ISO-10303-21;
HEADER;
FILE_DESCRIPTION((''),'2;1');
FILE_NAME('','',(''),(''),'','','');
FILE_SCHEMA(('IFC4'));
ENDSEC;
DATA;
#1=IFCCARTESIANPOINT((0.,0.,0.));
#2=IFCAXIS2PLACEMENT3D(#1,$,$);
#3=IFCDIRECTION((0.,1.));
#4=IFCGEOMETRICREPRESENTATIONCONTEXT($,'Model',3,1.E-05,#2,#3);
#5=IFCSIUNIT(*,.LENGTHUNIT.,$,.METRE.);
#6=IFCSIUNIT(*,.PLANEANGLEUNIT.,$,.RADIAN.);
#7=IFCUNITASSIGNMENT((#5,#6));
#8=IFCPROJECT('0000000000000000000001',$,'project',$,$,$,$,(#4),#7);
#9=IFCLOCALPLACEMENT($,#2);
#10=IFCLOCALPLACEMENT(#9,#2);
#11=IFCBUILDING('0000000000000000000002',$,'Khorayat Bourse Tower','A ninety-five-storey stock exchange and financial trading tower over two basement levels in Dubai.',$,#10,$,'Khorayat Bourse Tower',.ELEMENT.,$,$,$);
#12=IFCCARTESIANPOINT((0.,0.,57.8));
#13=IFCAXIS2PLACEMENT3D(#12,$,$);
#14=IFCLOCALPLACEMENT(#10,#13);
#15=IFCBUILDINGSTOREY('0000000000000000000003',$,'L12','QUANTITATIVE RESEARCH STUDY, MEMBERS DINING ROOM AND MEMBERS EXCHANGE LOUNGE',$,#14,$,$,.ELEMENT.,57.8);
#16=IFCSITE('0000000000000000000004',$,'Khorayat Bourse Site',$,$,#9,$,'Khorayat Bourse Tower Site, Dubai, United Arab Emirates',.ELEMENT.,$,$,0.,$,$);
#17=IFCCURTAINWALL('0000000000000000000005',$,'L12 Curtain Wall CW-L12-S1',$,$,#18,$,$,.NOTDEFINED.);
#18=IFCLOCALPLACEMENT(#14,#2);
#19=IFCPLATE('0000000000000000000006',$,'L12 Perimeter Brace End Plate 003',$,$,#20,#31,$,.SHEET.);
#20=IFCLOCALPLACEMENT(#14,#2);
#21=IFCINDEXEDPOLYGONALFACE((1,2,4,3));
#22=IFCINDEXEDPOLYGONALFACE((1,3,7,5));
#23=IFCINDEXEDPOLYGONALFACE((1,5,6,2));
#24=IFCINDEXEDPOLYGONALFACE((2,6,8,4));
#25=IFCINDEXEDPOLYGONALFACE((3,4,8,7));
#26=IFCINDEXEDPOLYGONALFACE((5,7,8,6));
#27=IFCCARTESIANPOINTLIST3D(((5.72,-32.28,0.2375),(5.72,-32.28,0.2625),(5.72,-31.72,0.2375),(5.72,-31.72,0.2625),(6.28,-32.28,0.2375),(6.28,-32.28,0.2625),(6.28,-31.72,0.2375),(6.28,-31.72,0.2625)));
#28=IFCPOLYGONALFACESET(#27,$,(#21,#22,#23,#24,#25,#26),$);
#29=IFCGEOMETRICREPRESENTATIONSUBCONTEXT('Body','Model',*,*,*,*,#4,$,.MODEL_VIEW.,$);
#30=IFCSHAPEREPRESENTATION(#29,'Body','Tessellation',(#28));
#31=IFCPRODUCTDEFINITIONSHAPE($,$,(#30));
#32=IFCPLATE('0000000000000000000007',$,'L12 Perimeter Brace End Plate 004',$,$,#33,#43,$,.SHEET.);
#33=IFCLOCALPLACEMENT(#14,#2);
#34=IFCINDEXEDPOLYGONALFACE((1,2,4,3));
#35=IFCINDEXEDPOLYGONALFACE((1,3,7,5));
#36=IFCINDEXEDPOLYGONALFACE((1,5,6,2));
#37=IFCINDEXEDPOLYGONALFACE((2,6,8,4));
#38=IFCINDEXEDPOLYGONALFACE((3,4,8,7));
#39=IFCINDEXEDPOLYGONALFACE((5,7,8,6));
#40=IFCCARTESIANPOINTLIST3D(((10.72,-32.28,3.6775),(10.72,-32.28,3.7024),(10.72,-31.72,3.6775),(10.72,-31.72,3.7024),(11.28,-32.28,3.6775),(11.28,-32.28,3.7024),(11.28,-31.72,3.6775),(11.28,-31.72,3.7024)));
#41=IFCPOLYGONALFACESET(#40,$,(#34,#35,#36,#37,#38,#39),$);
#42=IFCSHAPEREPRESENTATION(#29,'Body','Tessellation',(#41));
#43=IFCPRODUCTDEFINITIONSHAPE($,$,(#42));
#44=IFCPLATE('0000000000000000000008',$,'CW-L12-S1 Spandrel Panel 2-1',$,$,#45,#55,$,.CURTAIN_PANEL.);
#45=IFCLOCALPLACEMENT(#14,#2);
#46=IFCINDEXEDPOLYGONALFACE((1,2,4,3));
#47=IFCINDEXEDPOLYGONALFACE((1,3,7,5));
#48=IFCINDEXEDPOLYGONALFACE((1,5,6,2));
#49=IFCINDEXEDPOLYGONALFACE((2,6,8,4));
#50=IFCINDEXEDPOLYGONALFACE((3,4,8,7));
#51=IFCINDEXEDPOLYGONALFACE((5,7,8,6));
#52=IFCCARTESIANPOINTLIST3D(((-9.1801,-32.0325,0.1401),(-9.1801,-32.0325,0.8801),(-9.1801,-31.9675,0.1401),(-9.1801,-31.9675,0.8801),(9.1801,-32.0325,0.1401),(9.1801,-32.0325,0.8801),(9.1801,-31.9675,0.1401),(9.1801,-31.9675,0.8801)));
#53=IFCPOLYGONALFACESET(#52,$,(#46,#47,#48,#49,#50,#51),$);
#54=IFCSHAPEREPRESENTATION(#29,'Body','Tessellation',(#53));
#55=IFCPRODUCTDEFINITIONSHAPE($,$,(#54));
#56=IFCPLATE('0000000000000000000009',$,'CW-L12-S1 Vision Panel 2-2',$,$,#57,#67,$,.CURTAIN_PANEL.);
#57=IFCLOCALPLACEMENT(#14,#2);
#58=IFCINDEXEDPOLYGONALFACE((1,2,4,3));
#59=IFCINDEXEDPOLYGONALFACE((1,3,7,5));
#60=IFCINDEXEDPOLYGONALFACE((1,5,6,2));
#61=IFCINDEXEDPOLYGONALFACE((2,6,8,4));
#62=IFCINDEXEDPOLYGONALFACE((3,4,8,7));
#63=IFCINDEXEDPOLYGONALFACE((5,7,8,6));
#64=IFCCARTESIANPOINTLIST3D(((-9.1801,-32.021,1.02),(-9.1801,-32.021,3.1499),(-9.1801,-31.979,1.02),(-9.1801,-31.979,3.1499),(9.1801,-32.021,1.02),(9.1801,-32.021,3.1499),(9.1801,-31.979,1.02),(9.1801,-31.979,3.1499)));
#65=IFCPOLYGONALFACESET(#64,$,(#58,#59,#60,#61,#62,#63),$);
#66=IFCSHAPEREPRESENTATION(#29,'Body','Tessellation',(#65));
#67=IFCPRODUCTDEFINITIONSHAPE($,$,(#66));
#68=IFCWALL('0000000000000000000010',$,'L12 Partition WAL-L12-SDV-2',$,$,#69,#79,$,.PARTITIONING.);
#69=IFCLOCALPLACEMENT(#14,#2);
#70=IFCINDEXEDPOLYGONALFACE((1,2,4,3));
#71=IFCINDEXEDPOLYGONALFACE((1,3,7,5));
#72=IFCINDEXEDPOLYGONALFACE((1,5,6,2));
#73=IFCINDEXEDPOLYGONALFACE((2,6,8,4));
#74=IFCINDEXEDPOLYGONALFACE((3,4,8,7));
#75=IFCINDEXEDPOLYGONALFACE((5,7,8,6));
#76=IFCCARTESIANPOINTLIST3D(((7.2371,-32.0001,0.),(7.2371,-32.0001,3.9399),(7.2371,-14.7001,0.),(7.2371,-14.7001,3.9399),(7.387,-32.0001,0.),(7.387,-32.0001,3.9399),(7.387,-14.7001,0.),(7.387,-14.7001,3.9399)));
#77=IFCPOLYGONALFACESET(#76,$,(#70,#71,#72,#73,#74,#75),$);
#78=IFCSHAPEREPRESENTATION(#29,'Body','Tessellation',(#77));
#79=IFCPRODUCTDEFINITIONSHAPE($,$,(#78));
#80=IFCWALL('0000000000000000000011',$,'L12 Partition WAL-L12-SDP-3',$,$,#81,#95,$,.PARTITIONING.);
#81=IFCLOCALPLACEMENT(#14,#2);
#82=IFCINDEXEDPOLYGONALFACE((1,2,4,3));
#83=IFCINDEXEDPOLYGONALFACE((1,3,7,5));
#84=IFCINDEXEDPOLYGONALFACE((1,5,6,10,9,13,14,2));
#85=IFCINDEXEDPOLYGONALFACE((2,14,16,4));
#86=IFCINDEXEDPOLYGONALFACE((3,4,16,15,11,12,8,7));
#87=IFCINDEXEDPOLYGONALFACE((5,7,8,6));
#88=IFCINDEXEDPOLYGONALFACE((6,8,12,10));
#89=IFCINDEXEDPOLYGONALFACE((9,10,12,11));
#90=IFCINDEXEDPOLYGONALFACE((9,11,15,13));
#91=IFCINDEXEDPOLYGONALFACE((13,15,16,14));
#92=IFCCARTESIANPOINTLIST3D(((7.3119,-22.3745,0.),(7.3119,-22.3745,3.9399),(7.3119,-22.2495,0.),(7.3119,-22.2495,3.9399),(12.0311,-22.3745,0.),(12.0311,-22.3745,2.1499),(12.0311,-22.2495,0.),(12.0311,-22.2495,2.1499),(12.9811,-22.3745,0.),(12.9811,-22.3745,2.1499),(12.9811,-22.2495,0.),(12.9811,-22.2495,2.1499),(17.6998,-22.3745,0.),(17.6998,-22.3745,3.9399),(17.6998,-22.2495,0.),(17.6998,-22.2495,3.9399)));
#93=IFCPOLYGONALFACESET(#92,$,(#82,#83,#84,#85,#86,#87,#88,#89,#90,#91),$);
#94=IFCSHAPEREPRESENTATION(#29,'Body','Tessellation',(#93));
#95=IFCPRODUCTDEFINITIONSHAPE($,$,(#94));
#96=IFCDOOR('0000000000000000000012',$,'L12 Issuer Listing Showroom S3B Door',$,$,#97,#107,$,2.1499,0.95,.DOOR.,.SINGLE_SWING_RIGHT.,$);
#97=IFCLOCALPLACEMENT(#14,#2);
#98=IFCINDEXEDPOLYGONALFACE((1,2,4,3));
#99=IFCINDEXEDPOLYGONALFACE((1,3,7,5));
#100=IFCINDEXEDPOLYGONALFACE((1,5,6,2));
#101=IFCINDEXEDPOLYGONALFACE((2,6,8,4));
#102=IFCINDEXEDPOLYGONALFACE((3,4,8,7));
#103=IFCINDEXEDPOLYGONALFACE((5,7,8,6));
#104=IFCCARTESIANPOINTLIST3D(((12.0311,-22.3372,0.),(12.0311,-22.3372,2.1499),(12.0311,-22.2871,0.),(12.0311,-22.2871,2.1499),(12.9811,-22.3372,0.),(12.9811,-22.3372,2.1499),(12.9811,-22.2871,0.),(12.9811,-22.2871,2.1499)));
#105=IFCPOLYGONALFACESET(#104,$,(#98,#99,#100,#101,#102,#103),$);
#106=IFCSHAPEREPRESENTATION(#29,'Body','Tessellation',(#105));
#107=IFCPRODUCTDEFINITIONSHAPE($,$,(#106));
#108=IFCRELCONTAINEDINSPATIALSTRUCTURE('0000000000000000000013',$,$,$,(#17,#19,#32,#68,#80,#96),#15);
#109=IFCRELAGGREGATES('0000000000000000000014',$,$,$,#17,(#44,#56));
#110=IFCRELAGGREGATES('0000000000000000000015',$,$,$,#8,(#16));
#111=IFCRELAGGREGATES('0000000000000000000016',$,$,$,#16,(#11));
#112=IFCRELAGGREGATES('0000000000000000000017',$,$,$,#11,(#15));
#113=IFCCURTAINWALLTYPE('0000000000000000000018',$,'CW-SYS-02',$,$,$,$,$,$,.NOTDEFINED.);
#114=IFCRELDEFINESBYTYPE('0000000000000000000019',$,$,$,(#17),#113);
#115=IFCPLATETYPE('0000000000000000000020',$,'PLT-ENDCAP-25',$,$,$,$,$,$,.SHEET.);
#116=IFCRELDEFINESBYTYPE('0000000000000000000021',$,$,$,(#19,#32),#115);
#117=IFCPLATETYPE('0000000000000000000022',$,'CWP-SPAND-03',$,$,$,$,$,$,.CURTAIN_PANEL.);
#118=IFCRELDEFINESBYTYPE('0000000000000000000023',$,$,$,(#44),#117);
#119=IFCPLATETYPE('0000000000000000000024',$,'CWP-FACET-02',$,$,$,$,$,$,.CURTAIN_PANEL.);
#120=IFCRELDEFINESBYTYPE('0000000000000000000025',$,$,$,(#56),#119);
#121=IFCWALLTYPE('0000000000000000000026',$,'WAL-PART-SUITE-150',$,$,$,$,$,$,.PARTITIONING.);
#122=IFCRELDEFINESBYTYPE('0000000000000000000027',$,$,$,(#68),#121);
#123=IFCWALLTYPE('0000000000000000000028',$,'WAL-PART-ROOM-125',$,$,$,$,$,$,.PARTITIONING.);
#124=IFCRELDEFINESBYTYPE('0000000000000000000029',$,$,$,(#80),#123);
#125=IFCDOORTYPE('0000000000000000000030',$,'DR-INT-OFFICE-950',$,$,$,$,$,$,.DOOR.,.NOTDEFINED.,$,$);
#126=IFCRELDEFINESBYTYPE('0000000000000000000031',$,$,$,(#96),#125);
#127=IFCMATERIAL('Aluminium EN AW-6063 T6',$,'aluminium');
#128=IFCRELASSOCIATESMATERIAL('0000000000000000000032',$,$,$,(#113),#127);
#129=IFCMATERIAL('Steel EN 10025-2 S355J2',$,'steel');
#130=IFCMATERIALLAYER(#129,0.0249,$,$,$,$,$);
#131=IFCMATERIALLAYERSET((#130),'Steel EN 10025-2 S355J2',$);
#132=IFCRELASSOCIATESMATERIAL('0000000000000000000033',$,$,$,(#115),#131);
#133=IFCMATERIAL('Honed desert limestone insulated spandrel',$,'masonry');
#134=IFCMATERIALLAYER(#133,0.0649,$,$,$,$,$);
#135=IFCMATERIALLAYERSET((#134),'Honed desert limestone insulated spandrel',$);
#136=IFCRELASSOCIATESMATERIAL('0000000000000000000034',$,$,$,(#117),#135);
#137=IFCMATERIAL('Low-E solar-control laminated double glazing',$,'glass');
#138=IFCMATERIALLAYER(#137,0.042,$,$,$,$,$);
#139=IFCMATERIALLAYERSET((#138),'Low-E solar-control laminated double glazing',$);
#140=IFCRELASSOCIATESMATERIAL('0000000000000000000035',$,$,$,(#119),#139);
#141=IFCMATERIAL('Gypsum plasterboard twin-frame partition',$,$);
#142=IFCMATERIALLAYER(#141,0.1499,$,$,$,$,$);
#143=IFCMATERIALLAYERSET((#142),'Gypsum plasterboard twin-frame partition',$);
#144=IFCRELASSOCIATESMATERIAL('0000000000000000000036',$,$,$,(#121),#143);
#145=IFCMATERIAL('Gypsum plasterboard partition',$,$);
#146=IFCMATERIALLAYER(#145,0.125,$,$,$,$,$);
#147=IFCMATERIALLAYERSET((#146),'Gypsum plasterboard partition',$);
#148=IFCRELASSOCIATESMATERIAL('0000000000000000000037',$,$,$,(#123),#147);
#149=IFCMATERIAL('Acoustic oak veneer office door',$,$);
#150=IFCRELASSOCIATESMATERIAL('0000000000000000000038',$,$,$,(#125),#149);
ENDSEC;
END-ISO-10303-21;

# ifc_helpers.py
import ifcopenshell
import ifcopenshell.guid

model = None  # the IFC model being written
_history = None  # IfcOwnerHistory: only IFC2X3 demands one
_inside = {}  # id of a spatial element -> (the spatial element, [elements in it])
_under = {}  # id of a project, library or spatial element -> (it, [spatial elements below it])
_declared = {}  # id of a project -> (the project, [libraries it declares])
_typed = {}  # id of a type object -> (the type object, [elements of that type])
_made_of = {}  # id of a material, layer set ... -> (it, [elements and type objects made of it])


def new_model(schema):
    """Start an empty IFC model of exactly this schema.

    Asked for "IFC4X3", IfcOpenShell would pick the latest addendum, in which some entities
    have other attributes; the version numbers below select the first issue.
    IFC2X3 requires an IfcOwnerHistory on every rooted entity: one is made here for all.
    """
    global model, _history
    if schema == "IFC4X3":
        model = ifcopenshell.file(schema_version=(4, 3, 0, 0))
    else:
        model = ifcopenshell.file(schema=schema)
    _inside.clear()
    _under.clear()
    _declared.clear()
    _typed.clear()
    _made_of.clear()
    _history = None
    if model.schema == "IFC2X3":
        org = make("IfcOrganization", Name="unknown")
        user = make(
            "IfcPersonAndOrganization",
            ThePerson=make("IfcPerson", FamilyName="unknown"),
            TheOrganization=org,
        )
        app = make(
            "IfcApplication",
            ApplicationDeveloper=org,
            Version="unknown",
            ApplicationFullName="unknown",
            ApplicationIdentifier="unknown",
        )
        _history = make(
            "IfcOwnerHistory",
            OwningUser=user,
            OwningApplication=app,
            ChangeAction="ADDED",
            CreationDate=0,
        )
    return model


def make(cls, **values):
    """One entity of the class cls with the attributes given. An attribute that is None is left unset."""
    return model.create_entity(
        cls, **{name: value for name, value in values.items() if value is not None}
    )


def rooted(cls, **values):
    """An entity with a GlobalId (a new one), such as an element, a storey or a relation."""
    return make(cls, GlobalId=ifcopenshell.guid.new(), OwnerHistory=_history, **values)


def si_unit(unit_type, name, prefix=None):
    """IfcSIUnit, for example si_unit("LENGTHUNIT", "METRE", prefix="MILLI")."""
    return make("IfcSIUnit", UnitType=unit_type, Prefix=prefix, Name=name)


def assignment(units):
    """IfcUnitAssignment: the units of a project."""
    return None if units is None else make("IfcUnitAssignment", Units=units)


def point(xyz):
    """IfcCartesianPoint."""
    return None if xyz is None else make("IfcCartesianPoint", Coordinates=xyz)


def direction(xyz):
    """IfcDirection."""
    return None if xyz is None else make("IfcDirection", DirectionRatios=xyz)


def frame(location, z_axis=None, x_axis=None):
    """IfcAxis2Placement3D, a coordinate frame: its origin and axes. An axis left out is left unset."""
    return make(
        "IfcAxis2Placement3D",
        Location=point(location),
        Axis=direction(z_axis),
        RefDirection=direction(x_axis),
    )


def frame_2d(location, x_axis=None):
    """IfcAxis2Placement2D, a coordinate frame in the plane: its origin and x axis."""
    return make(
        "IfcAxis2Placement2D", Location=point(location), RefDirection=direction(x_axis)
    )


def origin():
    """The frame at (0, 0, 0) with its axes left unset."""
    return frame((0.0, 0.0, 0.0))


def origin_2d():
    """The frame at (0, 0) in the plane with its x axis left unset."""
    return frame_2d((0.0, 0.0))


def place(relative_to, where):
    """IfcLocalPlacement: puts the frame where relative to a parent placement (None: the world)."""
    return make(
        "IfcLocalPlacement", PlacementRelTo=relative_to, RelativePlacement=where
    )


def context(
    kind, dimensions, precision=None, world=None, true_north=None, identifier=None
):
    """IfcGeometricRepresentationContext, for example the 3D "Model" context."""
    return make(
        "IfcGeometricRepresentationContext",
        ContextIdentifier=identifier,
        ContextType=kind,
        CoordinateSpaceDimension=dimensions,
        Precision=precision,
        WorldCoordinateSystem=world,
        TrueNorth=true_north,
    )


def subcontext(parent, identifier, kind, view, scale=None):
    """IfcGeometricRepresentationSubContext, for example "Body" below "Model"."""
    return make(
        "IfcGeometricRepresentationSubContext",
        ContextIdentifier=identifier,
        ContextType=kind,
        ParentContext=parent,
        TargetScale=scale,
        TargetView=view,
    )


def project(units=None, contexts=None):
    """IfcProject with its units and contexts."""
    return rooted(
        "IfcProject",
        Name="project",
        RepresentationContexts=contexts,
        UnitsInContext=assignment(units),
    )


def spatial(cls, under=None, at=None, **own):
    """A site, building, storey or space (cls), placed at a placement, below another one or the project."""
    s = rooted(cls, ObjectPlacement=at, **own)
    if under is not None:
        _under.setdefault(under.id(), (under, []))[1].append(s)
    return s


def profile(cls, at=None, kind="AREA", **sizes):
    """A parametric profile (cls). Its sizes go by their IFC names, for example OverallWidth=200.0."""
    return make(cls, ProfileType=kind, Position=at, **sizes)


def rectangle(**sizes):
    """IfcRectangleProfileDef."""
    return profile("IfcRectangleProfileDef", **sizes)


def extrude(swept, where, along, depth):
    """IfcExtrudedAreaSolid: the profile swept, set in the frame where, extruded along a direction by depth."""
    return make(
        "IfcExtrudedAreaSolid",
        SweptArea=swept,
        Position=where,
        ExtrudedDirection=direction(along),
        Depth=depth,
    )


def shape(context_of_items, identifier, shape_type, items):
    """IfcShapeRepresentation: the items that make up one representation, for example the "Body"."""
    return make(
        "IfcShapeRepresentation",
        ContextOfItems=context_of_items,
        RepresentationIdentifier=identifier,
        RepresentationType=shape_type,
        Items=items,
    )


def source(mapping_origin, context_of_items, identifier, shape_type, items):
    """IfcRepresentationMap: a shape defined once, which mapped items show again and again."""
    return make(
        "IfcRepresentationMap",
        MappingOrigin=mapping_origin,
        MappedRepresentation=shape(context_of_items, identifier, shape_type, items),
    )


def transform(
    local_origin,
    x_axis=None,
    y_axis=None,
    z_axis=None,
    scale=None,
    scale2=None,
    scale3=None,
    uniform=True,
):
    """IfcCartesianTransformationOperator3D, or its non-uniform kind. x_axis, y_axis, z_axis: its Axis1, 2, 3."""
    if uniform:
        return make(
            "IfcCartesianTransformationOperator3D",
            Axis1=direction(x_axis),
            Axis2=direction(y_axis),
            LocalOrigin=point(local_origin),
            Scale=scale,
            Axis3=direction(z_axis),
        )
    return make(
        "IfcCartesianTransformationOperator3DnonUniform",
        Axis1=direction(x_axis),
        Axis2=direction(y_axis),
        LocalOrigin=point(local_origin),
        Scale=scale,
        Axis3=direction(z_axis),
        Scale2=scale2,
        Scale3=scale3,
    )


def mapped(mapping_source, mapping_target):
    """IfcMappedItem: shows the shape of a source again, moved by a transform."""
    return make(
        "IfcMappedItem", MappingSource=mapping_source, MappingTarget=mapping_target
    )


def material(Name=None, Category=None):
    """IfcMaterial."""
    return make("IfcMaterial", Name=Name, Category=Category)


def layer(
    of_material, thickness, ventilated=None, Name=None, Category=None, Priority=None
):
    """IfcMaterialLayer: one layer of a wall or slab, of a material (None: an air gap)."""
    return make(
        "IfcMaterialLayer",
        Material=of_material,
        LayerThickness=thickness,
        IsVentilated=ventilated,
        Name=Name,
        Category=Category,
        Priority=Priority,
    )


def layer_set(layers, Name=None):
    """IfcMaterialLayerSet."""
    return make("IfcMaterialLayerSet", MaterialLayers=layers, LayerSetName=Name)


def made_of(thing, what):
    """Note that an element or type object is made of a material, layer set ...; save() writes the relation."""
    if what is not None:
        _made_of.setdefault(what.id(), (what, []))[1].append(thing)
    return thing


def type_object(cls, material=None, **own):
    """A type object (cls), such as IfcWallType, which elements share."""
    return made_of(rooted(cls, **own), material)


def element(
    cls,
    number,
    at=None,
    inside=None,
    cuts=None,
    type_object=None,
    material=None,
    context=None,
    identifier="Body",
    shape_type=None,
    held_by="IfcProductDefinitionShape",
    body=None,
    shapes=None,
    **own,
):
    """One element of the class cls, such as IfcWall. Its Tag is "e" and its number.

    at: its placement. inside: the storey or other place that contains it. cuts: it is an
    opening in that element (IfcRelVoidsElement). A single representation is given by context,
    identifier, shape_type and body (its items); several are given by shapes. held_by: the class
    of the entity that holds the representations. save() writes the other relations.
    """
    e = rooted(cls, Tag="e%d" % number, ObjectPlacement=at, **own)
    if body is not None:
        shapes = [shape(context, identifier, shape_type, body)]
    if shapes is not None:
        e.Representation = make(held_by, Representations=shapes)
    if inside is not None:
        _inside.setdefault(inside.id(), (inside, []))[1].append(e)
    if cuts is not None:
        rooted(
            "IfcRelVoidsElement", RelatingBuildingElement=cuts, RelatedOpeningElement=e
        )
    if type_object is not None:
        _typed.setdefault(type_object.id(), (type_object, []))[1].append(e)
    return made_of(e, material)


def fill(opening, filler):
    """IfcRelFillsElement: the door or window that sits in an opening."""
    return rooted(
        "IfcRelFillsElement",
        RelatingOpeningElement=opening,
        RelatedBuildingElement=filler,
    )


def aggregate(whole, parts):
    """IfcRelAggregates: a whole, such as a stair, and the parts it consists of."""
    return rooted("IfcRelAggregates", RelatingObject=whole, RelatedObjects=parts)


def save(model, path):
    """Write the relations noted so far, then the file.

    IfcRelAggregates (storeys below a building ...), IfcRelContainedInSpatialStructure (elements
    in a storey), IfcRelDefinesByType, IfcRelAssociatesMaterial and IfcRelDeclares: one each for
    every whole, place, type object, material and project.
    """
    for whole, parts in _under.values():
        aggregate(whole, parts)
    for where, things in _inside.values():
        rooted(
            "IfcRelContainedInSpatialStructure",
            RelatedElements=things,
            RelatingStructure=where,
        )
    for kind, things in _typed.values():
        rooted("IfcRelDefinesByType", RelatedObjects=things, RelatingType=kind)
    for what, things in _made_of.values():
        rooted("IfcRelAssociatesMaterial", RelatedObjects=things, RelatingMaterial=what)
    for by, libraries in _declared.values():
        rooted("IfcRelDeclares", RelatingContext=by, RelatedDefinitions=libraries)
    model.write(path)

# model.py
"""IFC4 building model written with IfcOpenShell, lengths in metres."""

from ifc_helpers import new_model, si_unit, direction, frame, frame_2d, origin, origin_2d, place, context, subcontext, project, spatial, rectangle, extrude, source, transform, mapped, material, layer, layer_set, type_object, element, fill, aggregate, save


model = new_model("IFC4")

# Units and contexts
model_context = context("Model", 3, precision=1e-05, world=origin(), true_north=direction((0.0, 1.0)))
body_context = subcontext(model_context, "Body", "Model", "MODEL_VIEW")
ifc_project = project(units=[si_unit("LENGTHUNIT", "METRE"), si_unit("PLANEANGLEUNIT", "RADIAN")], contexts=[model_context])

# Site, building, storey
site_placement = place(None, origin())
site = spatial("IfcSite", under=ifc_project, at=site_placement, Name="Khorayat Bourse Site", LongName="Khorayat Bourse Tower Site, Dubai, United Arab Emirates", CompositionType="ELEMENT", RefElevation=0.0)
building_placement = place(site_placement, origin())
building = spatial("IfcBuilding", under=site, at=building_placement, Name="Khorayat Bourse Tower", Description="A ninety-five-storey stock exchange and financial trading tower over two basement levels in Dubai.", LongName="Khorayat Bourse Tower", CompositionType="ELEMENT")
storey_placement = place(building_placement, frame((0.0, 0.0, 57.8)))
storey = spatial("IfcBuildingStorey", under=building, at=storey_placement, Name="L12", Description="QUANTITATIVE RESEARCH STUDY, MEMBERS DINING ROOM AND MEMBERS EXCHANGE LOUNGE", CompositionType="ELEMENT", Elevation=57.8)

# Curtain wall
ifc_material_1 = material(Name="Aluminium EN AW-6063 T6", Category="aluminium")
curtain_wall_type = type_object("IfcCurtainWallType", Name="CW-SYS-02", PredefinedType="NOTDEFINED", material=ifc_material_1)
curtain_wall_placement = place(storey_placement, origin())
curtain_wall = element("IfcCurtainWall", 1, at=curtain_wall_placement, inside=storey, type_object=curtain_wall_type, Name="L12 Curtain Wall CW-L12-S1", PredefinedType="NOTDEFINED")

# Plates
ifc_material_2 = material(Name="Steel EN 10025-2 S355J2", Category="steel")
ifc_layer_1 = layer(ifc_material_2, 0.0249)
ifc_layer_set_1 = layer_set([ifc_layer_1], Name="Steel EN 10025-2 S355J2")
plate_type_1 = type_object("IfcPlateType", Name="PLT-ENDCAP-25", PredefinedType="SHEET", material=ifc_layer_set_1)
shared_shape_1 = source(origin(), body_context, "Body", "SweptSolid", [
    extrude(rectangle(XDim=0.5601, YDim=0.5601, at=origin_2d()), origin(), (0.0, 0.0, 1.0), 0.0249),
])
for number, where, z_axis, x_axis, name in (
    (2, (6.0, -32.0, 0.2375), (0.0, 0.0, 1.0), (1.0, 0.0, 0.0), "L12 Perimeter Brace End Plate 003"),
    (3, (11.0, -32.0, 3.6775), (0.0, 0.0, 1.0), (1.0, 0.0, 0.0), "L12 Perimeter Brace End Plate 004"),
):
    element("IfcPlate", number, at=place(storey_placement, frame(where, z_axis=z_axis, x_axis=x_axis)), inside=storey, type_object=plate_type_1, Name=name, PredefinedType="SHEET", context=body_context, shape_type="MappedRepresentation", body=[
        mapped(shared_shape_1, transform((0.0, 0.0, 0.0), scale=1.0)),
    ])

# Plates
ifc_material_3 = material(Name="Honed desert limestone insulated spandrel", Category="masonry")
ifc_layer_2 = layer(ifc_material_3, 0.0649)
ifc_layer_set_2 = layer_set([ifc_layer_2], Name="Honed desert limestone insulated spandrel")
plate_type_2 = type_object("IfcPlateType", Name="CWP-SPAND-03", PredefinedType="CURTAIN_PANEL", material=ifc_layer_set_2)
shared_shape_2 = source(origin(), body_context, "Body", "SweptSolid", [
    extrude(rectangle(XDim=18.3601, YDim=0.0649, at=origin_2d()), origin(), (0.0, 0.0, 1.0), 0.74),
])
plate_1_placement = place(storey_placement, frame((0.0, -32.0, 0.1401), z_axis=(0.0, 0.0, 1.0), x_axis=(1.0, 0.0, 0.0)))
plate_1 = element("IfcPlate", 4, at=plate_1_placement, type_object=plate_type_2, Name="CW-L12-S1 Spandrel Panel 2-1", PredefinedType="CURTAIN_PANEL", context=body_context, shape_type="MappedRepresentation", body=[
    mapped(shared_shape_2, transform((0.0, 0.0, 0.0), scale=1.0)),
])
ifc_material_4 = material(Name="Low-E solar-control laminated double glazing", Category="glass")
ifc_layer_3 = layer(ifc_material_4, 0.042)
ifc_layer_set_3 = layer_set([ifc_layer_3], Name="Low-E solar-control laminated double glazing")
plate_type_3 = type_object("IfcPlateType", Name="CWP-FACET-02", PredefinedType="CURTAIN_PANEL", material=ifc_layer_set_3)
shared_shape_3 = source(origin(), body_context, "Body", "SweptSolid", [
    extrude(rectangle(XDim=18.3601, YDim=0.042, at=origin_2d()), origin(), (0.0, 0.0, 1.0), 2.1299),
])
plate_2_placement = place(storey_placement, frame((0.0, -32.0, 1.02), z_axis=(0.0, 0.0, 1.0), x_axis=(1.0, 0.0, 0.0)))
plate_2 = element("IfcPlate", 5, at=plate_2_placement, type_object=plate_type_3, Name="CW-L12-S1 Vision Panel 2-2", PredefinedType="CURTAIN_PANEL", context=body_context, shape_type="MappedRepresentation", body=[
    mapped(shared_shape_3, transform((0.0, 0.0, 0.0), scale=1.0)),
])
aggregate(curtain_wall, [plate_1, plate_2])

# Wall
ifc_material_5 = material(Name="Gypsum plasterboard twin-frame partition")
ifc_layer_4 = layer(ifc_material_5, 0.1499)
ifc_layer_set_4 = layer_set([ifc_layer_4], Name="Gypsum plasterboard twin-frame partition")
wall_type_1 = type_object("IfcWallType", Name="WAL-PART-SUITE-150", PredefinedType="PARTITIONING", material=ifc_layer_set_4)
shared_shape_4 = source(origin(), body_context, "Body", "SweptSolid", [
    extrude(rectangle(XDim=17.3, YDim=0.1499, at=frame_2d((8.6499, 0.0))), origin(), (0.0, 0.0, 1.0), 3.9399),
])
wall_1_placement = place(storey_placement, frame((7.312, -32.0, 0.0), z_axis=(0.0, 0.0, 1.0), x_axis=(0.0, 1.0, 0.0)))
element("IfcWall", 6, at=wall_1_placement, inside=storey, type_object=wall_type_1, Name="L12 Partition WAL-L12-SDV-2", PredefinedType="PARTITIONING", context=body_context, shape_type="MappedRepresentation", body=[
    mapped(shared_shape_4, transform((0.0, 0.0, 0.0), scale=1.0)),
])

# Wall, opening, door
ifc_material_6 = material(Name="Gypsum plasterboard partition")
ifc_layer_5 = layer(ifc_material_6, 0.125)
ifc_layer_set_5 = layer_set([ifc_layer_5], Name="Gypsum plasterboard partition")
wall_type_2 = type_object("IfcWallType", Name="WAL-PART-ROOM-125", PredefinedType="PARTITIONING", material=ifc_layer_set_5)
shared_shape_5 = source(origin(), body_context, "Body", "SweptSolid", [
    extrude(rectangle(XDim=10.3879, YDim=0.125, at=frame_2d((5.1938, 0.0))), origin(), (0.0, 0.0, 1.0), 3.9399),
])
wall_2_placement = place(storey_placement, frame((7.312, -22.312, 0.0), z_axis=(0.0, 0.0, 1.0), x_axis=(1.0, 0.0, 0.0)))
wall_2 = element("IfcWall", 7, at=wall_2_placement, inside=storey, type_object=wall_type_2, Name="L12 Partition WAL-L12-SDP-3", PredefinedType="PARTITIONING", context=body_context, shape_type="MappedRepresentation", body=[
    mapped(shared_shape_5, transform((0.0, 0.0, 0.0), scale=1.0)),
])
shared_shape_6 = source(origin(), body_context, "Body", "SweptSolid", [
    extrude(rectangle(XDim=0.95, YDim=2.1499, at=frame_2d((0.4751, 1.075))), frame((0.0, 0.0725, 0.0), z_axis=(0.0, -1.0, 0.0), x_axis=(1.0, 0.0, 0.0)), (0.0, 0.0, 1.0), 0.145),
])
opening_placement = place(wall_2_placement, frame((4.719, 0.0, 0.0)))
opening = element("IfcOpeningElement", 8, at=opening_placement, cuts=wall_2, PredefinedType="OPENING", context=body_context, shape_type="MappedRepresentation", body=[
    mapped(shared_shape_6, transform((0.0, 0.0, 0.0), scale=1.0)),
])
ifc_material_7 = material(Name="Acoustic oak veneer office door")
door_type = type_object("IfcDoorType", Name="DR-INT-OFFICE-950", OperationType="NOTDEFINED", PredefinedType="DOOR", material=ifc_material_7)
shared_shape_7 = source(origin(), body_context, "Body", "SweptSolid", [
    extrude(rectangle(XDim=0.95, YDim=2.1499, at=frame_2d((0.4751, 1.075))), frame((0.0, 0.0249, 0.0), z_axis=(0.0, -1.0, 0.0), x_axis=(1.0, 0.0, 0.0)), (0.0, 0.0, 1.0), 0.05),
])
door_placement = place(opening_placement, origin())
door = element("IfcDoor", 9, at=door_placement, inside=storey, type_object=door_type, Name="L12 Issuer Listing Showroom S3B Door", OperationType="SINGLE_SWING_RIGHT", OverallHeight=2.1499, OverallWidth=0.95, PredefinedType="DOOR", context=body_context, shape_type="MappedRepresentation", body=[
    mapped(shared_shape_7, transform((0.0, 0.0, 0.0), scale=1.0)),
])
fill(opening, door)

save(model, "model.ifc")
